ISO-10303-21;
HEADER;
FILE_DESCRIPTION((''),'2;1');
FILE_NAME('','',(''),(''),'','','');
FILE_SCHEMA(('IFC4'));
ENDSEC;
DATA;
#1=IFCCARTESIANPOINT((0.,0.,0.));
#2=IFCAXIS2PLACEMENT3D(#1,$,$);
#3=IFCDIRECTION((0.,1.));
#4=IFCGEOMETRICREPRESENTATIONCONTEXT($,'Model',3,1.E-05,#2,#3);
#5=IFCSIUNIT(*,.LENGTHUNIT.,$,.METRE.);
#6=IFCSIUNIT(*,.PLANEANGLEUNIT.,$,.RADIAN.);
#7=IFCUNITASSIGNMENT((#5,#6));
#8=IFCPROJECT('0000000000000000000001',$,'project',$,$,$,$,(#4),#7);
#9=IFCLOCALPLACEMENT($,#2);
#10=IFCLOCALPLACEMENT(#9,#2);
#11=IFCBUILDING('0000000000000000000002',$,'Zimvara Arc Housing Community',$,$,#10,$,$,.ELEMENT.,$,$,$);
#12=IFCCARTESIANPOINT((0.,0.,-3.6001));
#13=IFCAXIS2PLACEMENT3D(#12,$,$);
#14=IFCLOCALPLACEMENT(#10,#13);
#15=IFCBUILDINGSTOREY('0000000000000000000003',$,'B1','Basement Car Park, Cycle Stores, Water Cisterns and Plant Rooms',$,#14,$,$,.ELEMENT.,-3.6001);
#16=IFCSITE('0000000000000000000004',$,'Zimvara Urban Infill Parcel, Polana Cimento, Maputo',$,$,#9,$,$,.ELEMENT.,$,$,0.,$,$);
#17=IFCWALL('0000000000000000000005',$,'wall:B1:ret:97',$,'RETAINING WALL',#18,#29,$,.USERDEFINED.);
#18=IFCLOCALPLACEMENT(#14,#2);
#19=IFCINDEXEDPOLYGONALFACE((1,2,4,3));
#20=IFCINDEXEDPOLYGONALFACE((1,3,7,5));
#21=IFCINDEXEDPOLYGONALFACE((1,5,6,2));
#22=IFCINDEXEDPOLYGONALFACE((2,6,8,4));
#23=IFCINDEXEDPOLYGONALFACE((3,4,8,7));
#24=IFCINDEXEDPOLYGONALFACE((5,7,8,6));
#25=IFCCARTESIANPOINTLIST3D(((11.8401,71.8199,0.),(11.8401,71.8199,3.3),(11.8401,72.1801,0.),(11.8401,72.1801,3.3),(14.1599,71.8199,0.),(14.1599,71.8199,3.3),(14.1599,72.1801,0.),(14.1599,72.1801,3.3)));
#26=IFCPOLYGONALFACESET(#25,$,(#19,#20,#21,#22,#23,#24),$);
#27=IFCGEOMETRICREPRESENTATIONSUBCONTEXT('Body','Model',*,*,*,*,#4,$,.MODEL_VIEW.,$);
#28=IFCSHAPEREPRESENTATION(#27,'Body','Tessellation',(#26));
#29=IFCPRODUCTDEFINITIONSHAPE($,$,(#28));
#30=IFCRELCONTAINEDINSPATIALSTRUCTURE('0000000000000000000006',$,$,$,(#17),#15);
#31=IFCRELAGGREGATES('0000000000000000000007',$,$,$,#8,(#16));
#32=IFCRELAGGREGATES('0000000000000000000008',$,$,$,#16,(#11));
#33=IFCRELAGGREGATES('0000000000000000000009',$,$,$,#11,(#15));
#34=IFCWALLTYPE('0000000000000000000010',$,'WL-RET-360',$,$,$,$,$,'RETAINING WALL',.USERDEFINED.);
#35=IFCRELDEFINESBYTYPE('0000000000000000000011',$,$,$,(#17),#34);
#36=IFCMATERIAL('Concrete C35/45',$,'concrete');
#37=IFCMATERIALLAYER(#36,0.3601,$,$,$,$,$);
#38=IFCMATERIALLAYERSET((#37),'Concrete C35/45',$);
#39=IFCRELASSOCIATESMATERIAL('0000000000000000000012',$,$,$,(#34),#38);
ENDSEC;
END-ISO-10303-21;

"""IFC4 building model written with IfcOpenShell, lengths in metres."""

from ifc_helpers import new_model, si_unit, direction, frame, frame_2d, origin, place, context, subcontext, project, spatial, rectangle, extrude, material, layer, layer_set, type_object, element, save


model = new_model("IFC4")

# Units and contexts
model_context = context("Model", 3, precision=1e-05, world=origin(), true_north=direction((0.0, 1.0)))
body_context = subcontext(model_context, "Body", "Model", "MODEL_VIEW")
ifc_project = project(units=[si_unit("LENGTHUNIT", "METRE"), si_unit("PLANEANGLEUNIT", "RADIAN")], contexts=[model_context])

# Site, building, storey
site_placement = place(None, origin())
site = spatial("IfcSite", under=ifc_project, at=site_placement, Name="Zimvara Urban Infill Parcel, Polana Cimento, Maputo", CompositionType="ELEMENT", RefElevation=0.0)
building_placement = place(site_placement, origin())
building = spatial("IfcBuilding", under=site, at=building_placement, Name="Zimvara Arc Housing Community", CompositionType="ELEMENT")
storey_placement = place(building_placement, frame((0.0, 0.0, -3.6001)))
storey = spatial("IfcBuildingStorey", under=building, at=storey_placement, Name="B1", Description="Basement Car Park, Cycle Stores, Water Cisterns and Plant Rooms", CompositionType="ELEMENT", Elevation=-3.6001)

# Wall
ifc_material_1 = material(Name="Concrete C35/45", Category="concrete")
ifc_layer_1 = layer(ifc_material_1, 0.3601)
ifc_layer_set_1 = layer_set([ifc_layer_1], Name="Concrete C35/45")
wall_type_1 = type_object("IfcWallType", Name="WL-RET-360", ElementType="RETAINING WALL", PredefinedType="USERDEFINED", material=ifc_layer_set_1)
for number, where, z_axis, x_axis, name in (
    (1, (11.8401, 72.0, 0.0), (0.0, 0.0, 1.0), (1.0, 0.0, 0.0), "wall:B1:ret:97"),
):
    element("IfcWall", number, at=place(storey_placement, frame(where, z_axis=z_axis, x_axis=x_axis)), inside=storey, type_object=wall_type_1, Name=name, ObjectType="RETAINING WALL", PredefinedType="USERDEFINED", context=body_context, shape_type="SweptSolid", body=[
        extrude(rectangle(XDim=2.3198, YDim=0.3601, at=frame_2d((1.1599, 0.0))), origin(), (0.0, 0.0, 1.0), 3.3),
    ])

save(model, "model.ifc")
